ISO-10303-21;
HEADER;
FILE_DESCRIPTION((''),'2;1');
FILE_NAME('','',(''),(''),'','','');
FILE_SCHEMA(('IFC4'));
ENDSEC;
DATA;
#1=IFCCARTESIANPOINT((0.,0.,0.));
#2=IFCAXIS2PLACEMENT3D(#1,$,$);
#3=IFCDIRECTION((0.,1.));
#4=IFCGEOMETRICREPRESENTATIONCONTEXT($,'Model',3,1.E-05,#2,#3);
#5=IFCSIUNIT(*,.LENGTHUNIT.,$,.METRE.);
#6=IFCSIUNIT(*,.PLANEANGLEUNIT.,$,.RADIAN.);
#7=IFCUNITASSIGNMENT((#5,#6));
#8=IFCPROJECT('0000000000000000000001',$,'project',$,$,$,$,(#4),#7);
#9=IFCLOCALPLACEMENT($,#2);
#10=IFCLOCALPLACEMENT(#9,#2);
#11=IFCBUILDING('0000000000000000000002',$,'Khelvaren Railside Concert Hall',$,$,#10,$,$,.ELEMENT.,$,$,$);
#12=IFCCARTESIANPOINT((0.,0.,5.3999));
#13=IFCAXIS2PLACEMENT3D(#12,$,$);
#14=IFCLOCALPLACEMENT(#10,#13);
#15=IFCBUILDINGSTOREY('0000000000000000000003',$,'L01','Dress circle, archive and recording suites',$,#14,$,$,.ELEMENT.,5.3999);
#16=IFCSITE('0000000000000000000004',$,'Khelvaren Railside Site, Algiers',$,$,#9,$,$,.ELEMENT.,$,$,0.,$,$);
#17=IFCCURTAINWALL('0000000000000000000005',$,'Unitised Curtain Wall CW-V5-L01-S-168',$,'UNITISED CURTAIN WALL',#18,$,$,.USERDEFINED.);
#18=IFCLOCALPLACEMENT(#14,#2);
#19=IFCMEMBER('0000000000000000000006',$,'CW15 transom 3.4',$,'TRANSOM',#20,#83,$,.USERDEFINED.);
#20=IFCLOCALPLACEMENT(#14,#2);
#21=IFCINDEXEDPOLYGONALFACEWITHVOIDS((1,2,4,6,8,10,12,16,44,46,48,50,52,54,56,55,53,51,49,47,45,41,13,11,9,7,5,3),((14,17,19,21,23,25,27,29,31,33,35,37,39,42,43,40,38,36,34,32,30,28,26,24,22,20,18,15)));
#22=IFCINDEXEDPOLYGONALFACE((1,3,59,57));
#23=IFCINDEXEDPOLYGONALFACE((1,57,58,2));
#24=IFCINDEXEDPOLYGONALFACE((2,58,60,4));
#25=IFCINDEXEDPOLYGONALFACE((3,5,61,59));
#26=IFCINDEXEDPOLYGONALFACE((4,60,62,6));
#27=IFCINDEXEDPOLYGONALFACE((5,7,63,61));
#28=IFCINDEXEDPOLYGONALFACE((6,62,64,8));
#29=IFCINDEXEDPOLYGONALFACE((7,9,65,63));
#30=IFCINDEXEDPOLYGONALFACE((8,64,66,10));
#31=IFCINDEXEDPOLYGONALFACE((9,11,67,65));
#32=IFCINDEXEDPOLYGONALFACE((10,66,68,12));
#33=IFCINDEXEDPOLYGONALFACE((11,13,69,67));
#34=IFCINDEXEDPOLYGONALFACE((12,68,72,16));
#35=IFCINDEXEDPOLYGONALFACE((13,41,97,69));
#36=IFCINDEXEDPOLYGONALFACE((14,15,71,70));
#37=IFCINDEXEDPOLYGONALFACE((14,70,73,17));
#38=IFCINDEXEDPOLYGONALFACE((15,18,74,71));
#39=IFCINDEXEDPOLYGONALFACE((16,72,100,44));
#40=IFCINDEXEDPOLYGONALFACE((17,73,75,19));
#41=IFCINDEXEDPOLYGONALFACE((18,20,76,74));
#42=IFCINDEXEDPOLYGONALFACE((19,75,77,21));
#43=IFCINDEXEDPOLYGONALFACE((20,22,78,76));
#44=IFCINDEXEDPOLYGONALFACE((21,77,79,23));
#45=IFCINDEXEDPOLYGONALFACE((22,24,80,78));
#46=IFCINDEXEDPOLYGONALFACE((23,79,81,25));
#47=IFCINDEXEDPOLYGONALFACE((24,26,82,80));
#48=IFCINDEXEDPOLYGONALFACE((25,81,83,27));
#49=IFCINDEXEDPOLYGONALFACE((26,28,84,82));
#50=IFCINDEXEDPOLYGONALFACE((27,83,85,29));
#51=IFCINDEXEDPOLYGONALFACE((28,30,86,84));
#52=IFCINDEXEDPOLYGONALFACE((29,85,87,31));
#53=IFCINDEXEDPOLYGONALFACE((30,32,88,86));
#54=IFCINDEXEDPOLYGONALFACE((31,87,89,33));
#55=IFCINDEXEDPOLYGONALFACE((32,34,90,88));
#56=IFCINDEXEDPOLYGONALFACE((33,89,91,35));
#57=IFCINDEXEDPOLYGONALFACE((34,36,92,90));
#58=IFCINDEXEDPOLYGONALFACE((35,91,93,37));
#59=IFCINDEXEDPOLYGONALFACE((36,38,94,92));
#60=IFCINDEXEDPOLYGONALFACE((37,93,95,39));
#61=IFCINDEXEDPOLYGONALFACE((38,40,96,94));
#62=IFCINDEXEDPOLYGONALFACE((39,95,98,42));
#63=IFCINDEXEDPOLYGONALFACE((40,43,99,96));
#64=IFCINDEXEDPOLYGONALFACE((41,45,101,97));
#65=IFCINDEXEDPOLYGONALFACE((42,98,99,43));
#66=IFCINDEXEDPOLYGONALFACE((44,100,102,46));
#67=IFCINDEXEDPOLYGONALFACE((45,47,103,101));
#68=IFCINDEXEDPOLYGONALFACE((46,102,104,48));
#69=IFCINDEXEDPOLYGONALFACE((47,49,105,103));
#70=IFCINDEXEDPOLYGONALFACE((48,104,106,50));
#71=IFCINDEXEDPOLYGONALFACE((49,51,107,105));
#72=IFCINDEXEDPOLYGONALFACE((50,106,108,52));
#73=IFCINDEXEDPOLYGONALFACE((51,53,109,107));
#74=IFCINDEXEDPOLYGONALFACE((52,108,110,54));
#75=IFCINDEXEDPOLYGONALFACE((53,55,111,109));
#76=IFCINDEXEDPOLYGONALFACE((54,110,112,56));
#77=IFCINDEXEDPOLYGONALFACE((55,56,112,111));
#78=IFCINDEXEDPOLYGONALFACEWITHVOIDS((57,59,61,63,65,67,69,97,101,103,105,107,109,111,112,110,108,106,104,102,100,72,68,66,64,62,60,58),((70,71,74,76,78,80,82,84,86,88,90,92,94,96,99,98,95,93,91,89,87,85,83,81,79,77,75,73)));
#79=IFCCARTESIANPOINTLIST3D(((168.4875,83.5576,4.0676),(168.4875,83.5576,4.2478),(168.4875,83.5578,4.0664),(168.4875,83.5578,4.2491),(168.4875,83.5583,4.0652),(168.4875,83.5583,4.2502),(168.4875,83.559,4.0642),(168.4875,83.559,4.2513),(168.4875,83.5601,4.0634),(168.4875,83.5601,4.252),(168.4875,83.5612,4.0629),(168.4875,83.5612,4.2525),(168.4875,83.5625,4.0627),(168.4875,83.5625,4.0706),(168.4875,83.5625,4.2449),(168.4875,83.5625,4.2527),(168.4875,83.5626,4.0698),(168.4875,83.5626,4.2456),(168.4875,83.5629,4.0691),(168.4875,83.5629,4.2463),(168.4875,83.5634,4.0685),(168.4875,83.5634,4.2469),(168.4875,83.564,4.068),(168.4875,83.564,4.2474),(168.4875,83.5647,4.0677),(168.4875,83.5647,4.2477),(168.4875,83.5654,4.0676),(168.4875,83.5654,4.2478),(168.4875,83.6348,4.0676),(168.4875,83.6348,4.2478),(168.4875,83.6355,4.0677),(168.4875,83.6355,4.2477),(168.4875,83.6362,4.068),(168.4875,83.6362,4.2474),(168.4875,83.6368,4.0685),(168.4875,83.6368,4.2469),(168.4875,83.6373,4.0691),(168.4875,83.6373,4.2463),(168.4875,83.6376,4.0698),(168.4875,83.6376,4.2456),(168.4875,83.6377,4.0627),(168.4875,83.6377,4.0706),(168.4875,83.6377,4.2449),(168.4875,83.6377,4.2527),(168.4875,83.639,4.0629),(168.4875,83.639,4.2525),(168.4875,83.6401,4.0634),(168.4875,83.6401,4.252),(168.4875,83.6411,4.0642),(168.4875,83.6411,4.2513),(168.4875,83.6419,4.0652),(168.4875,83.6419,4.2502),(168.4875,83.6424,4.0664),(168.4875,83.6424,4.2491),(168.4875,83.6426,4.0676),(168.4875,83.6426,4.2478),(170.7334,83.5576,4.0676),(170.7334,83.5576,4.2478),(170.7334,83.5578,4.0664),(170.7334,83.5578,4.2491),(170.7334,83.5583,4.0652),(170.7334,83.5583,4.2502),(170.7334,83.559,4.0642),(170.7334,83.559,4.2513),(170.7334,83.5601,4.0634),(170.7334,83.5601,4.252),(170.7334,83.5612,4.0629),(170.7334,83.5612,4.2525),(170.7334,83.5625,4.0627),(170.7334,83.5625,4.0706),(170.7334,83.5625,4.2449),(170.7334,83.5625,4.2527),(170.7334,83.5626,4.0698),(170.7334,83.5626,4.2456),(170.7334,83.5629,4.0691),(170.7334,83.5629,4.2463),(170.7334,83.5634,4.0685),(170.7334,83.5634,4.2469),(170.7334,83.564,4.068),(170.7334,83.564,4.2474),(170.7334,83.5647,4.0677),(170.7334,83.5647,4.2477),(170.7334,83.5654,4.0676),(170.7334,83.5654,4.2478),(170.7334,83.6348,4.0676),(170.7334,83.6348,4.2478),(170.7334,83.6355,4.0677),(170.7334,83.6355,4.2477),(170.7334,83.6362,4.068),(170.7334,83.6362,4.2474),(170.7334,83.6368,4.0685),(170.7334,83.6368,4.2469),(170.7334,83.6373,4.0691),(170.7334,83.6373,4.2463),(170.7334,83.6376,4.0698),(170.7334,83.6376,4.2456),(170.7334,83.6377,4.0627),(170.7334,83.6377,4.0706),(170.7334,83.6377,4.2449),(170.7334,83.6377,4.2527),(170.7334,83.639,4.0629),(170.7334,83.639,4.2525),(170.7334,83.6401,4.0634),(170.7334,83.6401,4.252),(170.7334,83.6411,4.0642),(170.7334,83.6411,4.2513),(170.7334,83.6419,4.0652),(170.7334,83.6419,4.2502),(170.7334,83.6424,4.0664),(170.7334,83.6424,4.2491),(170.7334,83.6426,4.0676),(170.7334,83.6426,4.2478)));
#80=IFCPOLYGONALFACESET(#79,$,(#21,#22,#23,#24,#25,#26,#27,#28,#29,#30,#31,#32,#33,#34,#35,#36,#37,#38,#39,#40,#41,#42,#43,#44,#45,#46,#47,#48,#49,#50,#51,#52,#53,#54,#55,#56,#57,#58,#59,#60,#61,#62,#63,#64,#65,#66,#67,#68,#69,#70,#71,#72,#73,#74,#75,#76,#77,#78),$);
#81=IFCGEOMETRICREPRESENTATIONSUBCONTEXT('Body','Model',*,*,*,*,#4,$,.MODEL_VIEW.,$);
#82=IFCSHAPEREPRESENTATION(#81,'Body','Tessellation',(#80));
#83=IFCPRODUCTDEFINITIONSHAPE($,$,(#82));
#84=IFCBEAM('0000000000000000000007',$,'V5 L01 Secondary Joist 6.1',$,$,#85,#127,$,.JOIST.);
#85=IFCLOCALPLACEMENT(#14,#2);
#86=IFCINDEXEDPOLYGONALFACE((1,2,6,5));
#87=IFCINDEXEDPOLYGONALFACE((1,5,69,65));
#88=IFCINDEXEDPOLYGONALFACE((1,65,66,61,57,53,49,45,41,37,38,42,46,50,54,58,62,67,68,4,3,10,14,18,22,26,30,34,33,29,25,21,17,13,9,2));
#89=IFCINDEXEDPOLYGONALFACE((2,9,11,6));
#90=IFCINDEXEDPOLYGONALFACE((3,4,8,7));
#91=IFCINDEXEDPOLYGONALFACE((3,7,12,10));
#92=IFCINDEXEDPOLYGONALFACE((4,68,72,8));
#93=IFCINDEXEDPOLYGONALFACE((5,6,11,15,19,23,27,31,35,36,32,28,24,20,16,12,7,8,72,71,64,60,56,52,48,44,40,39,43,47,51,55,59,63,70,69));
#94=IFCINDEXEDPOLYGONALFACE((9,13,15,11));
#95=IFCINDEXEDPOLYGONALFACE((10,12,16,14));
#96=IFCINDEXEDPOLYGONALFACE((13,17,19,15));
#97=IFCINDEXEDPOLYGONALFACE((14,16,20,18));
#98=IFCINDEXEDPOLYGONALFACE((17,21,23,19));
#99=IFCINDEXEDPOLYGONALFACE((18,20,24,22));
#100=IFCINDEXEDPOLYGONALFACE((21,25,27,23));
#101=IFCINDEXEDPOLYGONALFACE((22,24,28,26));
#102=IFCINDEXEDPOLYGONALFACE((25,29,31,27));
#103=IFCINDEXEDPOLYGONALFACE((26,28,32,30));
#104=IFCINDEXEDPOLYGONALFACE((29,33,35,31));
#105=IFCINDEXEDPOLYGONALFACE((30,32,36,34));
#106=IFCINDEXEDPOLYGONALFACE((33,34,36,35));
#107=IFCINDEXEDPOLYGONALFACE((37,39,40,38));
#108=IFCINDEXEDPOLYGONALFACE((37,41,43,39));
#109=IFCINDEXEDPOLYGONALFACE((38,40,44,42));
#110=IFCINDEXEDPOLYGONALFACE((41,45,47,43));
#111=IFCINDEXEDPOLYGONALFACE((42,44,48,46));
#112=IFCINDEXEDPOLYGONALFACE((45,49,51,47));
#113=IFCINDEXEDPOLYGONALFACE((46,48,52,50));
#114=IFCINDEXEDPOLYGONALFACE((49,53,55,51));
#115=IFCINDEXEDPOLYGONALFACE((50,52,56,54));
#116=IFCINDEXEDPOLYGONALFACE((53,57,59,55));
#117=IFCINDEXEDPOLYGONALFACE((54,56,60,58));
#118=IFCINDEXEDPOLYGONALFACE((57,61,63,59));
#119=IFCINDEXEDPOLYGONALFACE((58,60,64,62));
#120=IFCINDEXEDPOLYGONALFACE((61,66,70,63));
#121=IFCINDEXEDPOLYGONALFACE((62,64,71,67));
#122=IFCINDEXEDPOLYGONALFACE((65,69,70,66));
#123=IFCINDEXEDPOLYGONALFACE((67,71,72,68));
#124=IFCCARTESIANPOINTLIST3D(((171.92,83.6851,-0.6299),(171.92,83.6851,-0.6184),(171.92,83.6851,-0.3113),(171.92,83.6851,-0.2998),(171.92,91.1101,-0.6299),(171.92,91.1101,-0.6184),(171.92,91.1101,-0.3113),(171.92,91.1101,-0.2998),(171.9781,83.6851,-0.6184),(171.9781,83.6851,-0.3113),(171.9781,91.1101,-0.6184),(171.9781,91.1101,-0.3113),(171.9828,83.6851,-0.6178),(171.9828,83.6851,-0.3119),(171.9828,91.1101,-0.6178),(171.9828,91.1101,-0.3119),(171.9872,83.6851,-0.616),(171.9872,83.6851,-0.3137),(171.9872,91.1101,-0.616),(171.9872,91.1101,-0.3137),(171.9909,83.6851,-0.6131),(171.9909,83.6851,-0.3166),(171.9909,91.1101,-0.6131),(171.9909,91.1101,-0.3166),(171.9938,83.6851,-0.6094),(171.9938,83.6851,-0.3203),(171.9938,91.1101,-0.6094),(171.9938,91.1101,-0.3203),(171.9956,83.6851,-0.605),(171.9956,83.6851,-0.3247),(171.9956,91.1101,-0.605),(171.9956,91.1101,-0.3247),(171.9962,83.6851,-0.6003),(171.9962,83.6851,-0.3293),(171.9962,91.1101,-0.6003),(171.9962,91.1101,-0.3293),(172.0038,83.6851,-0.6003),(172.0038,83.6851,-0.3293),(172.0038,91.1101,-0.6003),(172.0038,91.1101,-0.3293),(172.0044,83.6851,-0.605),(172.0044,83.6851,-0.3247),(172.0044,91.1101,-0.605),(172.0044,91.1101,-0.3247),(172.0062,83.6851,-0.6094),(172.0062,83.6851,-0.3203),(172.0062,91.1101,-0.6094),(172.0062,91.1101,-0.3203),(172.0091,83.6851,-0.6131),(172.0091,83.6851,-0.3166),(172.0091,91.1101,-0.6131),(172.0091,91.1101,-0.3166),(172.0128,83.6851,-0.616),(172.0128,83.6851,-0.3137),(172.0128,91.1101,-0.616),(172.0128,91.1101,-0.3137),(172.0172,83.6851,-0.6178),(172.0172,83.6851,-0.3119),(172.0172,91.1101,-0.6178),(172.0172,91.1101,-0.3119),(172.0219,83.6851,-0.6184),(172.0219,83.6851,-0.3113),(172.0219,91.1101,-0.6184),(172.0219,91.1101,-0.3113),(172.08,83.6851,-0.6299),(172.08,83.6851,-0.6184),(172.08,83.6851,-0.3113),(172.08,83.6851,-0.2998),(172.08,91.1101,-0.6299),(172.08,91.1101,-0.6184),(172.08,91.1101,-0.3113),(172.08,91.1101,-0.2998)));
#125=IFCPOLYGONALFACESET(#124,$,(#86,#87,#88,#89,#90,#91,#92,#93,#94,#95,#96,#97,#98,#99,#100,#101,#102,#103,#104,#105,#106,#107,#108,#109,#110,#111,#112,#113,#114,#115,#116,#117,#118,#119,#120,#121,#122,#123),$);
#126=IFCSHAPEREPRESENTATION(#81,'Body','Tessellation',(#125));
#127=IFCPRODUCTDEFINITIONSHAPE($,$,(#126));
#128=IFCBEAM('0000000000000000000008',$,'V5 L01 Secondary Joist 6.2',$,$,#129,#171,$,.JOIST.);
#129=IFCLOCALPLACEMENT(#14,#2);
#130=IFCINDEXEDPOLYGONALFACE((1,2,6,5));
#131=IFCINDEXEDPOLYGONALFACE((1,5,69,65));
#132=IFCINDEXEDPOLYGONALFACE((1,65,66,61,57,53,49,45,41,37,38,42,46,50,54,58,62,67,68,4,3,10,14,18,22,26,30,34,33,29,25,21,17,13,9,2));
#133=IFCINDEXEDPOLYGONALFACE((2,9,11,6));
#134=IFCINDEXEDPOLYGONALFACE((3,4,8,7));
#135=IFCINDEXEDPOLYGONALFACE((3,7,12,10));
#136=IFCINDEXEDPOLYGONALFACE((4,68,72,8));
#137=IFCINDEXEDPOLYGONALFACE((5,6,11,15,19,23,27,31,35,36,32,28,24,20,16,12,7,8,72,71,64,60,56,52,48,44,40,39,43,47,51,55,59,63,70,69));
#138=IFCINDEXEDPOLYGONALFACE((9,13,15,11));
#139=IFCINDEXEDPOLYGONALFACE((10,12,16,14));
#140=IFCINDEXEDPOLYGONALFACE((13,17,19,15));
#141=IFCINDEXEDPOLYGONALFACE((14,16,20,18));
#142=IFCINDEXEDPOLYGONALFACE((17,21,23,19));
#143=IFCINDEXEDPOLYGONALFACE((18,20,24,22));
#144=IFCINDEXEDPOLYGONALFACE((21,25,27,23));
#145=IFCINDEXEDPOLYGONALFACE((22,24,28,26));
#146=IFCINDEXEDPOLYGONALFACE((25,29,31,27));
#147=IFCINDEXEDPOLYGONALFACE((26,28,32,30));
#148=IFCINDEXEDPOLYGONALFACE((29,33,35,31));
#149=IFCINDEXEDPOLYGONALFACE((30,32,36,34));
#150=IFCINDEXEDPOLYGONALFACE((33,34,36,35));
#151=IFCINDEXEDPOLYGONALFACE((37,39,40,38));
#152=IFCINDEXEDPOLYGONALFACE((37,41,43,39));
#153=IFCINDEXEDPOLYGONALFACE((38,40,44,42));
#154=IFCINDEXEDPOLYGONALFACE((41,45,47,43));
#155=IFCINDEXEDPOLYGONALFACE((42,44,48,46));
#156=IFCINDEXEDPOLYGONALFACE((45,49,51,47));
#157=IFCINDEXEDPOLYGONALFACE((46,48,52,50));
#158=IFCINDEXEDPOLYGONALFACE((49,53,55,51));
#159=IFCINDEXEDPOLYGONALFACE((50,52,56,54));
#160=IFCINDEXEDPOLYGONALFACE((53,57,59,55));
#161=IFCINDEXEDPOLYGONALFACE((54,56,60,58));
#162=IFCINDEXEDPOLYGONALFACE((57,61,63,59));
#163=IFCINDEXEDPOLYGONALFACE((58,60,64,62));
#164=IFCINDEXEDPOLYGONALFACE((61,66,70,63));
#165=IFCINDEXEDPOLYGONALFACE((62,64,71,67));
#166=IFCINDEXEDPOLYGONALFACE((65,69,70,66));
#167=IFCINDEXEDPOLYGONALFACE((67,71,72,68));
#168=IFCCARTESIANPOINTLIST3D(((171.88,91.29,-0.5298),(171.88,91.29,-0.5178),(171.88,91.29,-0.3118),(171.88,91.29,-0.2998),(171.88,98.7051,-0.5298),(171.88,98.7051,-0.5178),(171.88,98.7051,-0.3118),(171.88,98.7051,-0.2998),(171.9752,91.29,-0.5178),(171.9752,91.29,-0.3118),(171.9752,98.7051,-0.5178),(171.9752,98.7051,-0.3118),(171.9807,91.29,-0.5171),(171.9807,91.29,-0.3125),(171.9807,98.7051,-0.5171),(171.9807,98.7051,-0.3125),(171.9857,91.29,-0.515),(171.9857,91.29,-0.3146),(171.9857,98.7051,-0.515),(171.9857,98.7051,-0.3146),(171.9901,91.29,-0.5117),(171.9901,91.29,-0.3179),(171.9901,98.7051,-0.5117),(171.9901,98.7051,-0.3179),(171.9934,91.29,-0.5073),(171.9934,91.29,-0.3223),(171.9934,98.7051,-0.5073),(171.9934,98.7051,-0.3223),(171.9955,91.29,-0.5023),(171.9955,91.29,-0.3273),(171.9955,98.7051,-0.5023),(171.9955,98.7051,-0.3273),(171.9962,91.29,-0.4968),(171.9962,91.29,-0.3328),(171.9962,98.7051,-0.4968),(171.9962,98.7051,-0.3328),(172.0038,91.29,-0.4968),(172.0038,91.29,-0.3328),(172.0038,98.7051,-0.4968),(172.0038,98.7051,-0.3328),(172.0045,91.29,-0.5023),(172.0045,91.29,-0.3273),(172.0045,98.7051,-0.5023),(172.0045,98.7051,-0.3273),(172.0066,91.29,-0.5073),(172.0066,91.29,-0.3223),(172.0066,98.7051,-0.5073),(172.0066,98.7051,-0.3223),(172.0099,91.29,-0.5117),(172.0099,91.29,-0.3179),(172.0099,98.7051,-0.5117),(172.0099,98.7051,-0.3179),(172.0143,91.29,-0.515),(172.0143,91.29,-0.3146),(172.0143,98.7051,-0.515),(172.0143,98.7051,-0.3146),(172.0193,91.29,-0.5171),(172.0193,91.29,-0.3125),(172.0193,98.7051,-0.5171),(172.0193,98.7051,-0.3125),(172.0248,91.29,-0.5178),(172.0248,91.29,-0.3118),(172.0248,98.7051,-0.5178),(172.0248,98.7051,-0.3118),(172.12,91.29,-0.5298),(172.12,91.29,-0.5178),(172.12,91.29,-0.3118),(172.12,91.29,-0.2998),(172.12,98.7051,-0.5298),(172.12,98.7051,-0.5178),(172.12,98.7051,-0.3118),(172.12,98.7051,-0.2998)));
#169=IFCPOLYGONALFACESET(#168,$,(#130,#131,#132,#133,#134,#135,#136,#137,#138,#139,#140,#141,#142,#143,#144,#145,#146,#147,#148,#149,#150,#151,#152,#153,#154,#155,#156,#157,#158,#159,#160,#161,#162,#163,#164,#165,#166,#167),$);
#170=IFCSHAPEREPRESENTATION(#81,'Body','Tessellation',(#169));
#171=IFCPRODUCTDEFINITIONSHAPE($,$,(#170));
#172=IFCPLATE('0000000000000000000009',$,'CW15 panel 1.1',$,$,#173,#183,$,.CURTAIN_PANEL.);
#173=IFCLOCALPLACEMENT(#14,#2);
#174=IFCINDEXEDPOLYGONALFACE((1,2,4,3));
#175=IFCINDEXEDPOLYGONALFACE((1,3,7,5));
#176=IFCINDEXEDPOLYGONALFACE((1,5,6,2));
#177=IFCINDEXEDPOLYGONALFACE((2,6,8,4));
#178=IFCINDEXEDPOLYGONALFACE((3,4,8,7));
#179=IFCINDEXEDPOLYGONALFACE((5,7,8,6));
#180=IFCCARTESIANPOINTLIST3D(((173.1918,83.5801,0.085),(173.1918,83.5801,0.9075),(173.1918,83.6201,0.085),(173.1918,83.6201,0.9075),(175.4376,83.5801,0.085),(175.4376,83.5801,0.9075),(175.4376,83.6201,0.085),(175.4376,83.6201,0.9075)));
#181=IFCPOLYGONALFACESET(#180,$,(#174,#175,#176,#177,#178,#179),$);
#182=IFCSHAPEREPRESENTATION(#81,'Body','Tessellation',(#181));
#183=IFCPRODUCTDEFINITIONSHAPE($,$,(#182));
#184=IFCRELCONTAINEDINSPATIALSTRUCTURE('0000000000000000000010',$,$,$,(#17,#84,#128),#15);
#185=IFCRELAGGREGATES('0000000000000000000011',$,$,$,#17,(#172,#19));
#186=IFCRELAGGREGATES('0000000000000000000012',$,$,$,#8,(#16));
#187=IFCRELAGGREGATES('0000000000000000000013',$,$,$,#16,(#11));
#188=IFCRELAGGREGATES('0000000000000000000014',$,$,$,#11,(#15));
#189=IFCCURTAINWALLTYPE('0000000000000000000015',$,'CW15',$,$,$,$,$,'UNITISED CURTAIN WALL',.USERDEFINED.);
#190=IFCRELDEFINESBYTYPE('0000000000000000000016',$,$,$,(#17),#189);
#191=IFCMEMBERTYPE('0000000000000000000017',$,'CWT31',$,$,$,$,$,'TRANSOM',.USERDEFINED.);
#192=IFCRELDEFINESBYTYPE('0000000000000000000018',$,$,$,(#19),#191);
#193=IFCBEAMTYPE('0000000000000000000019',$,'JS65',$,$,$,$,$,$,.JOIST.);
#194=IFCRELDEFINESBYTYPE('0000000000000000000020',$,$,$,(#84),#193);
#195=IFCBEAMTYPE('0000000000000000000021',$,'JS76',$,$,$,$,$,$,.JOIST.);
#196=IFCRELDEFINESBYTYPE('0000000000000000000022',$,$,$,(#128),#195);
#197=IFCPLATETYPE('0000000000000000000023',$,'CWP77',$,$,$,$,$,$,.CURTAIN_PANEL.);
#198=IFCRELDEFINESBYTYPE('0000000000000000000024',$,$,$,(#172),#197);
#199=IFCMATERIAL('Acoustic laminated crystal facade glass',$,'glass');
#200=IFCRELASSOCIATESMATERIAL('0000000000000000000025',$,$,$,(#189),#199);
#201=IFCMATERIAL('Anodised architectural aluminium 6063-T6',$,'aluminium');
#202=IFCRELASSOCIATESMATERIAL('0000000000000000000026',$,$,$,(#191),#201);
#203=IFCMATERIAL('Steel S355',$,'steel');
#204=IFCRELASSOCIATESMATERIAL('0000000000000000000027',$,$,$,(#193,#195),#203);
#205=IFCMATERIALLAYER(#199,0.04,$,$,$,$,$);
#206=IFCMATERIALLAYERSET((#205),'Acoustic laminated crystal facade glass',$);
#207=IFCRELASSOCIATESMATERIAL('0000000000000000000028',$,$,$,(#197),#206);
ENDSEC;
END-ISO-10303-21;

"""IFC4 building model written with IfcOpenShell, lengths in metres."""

from ifc_helpers import new_model, si_unit, direction, frame, origin, origin_2d, place, context, subcontext, project, spatial, rectangle, hollow_rectangle, i_section, extrude, material, layer, layer_set, material_profile, profile_set, type_object, element, aggregate, save


model = new_model("IFC4")

# Units and contexts
model_context = context("Model", 3, precision=1e-05, world=origin(), true_north=direction((0.0, 1.0)))
body_context = subcontext(model_context, "Body", "Model", "MODEL_VIEW")
ifc_project = project(units=[si_unit("LENGTHUNIT", "METRE"), si_unit("PLANEANGLEUNIT", "RADIAN")], contexts=[model_context])

# Site, building, storey
site_placement = place(None, origin())
site = spatial("IfcSite", under=ifc_project, at=site_placement, Name="Khelvaren Railside Site, Algiers", CompositionType="ELEMENT", RefElevation=0.0)
building_placement = place(site_placement, origin())
building = spatial("IfcBuilding", under=site, at=building_placement, Name="Khelvaren Railside Concert Hall", CompositionType="ELEMENT")
storey_placement = place(building_placement, frame((0.0, 0.0, 5.3999)))
storey = spatial("IfcBuildingStorey", under=building, at=storey_placement, Name="L01", Description="Dress circle, archive and recording suites", CompositionType="ELEMENT", Elevation=5.3999)

# Curtain wall, member
ifc_material_1 = material(Name="Acoustic laminated crystal facade glass", Category="glass")
curtain_wall_type = type_object("IfcCurtainWallType", Name="CW15", ElementType="UNITISED CURTAIN WALL", PredefinedType="USERDEFINED", material=ifc_material_1)
curtain_wall_placement = place(storey_placement, origin())
curtain_wall = element("IfcCurtainWall", 1, at=curtain_wall_placement, inside=storey, type_object=curtain_wall_type, Name="Unitised Curtain Wall CW-V5-L01-S-168", ObjectType="UNITISED CURTAIN WALL", PredefinedType="USERDEFINED")
ifc_material_2 = material(Name="Anodised architectural aluminium 6063-T6", Category="aluminium")
ifc_material_profile_1 = material_profile(ifc_material_2, hollow_rectangle(XDim=0.085, YDim=0.1899, WallThickness=0.0049, InnerFilletRadius=0.0029, OuterFilletRadius=0.0049, at=origin_2d()), Name="CWT 85x190x5")
ifc_profile_set_1 = profile_set([ifc_material_profile_1], Name="Anodised architectural aluminium 6063-T6")
member_type_1 = type_object("IfcMemberType", Name="CWT31", ElementType="TRANSOM", PredefinedType="USERDEFINED", material=ifc_profile_set_1)
member_1_placement = place(storey_placement, frame((170.7334, 83.6001, 4.1577), z_axis=(-1.0, 0.0, 0.0), x_axis=(0.0, -1.0, 0.0)))
member_1 = element("IfcMember", 2, at=member_1_placement, type_object=member_type_1, Name="CW15 transom 3.4", ObjectType="TRANSOM", PredefinedType="USERDEFINED", context=body_context, shape_type="SweptSolid", body=[
    extrude(hollow_rectangle(XDim=0.085, YDim=0.1899, WallThickness=0.0049, InnerFilletRadius=0.0029, OuterFilletRadius=0.0049, at=origin_2d()), origin(), (0.0, 0.0, 1.0), 2.2458),
])

# Beams
ifc_material_3 = material(Name="Steel S355", Category="steel")
ifc_material_profile_2 = material_profile(ifc_material_3, i_section(OverallWidth=0.1599, OverallDepth=0.3301, WebThickness=0.0076, FlangeThickness=0.0115, FilletRadius=0.0181, at=origin_2d()), Name="IPE 330")
ifc_profile_set_2 = profile_set([ifc_material_profile_2], Name="Steel S355")
beam_type_1 = type_object("IfcBeamType", Name="JS65", PredefinedType="JOIST", material=ifc_profile_set_2)
beam_1_placement = place(storey_placement, frame((172.0, 83.6851, -0.4648), z_axis=(0.0, 1.0, 0.0), x_axis=(-1.0, 0.0, 0.0)))
element("IfcBeam", 3, at=beam_1_placement, inside=storey, type_object=beam_type_1, Name="V5 L01 Secondary Joist 6.1", PredefinedType="JOIST", context=body_context, shape_type="SweptSolid", body=[
    extrude(i_section(OverallWidth=0.1599, OverallDepth=0.3301, WebThickness=0.0076, FlangeThickness=0.0115, FilletRadius=0.0181, at=origin_2d()), origin(), (0.0, 0.0, 1.0), 7.425),
])
ifc_material_profile_3 = material_profile(ifc_material_3, i_section(OverallWidth=0.24, OverallDepth=0.23, WebThickness=0.0076, FlangeThickness=0.012, FilletRadius=0.021, at=origin_2d()), Name="HEA 240")
ifc_profile_set_3 = profile_set([ifc_material_profile_3], Name="Steel S355")
beam_type_2 = type_object("IfcBeamType", Name="JS76", PredefinedType="JOIST", material=ifc_profile_set_3)
beam_2_placement = place(storey_placement, frame((172.0, 91.29, -0.4148), z_axis=(0.0, 1.0, 0.0), x_axis=(-1.0, 0.0, 0.0)))
element("IfcBeam", 4, at=beam_2_placement, inside=storey, type_object=beam_type_2, Name="V5 L01 Secondary Joist 6.2", PredefinedType="JOIST", context=body_context, shape_type="SweptSolid", body=[
    extrude(i_section(OverallWidth=0.24, OverallDepth=0.23, WebThickness=0.0076, FlangeThickness=0.012, FilletRadius=0.021, at=origin_2d()), origin(), (0.0, 0.0, 1.0), 7.415),
])

# Plate
ifc_layer = layer(ifc_material_1, 0.04)
ifc_layer_set = layer_set([ifc_layer], Name="Acoustic laminated crystal facade glass")
plate_type = type_object("IfcPlateType", Name="CWP77", PredefinedType="CURTAIN_PANEL", material=ifc_layer_set)
plate_1_placement = place(storey_placement, frame((174.3147, 83.6001, 0.085), z_axis=(0.0, 0.0, 1.0), x_axis=(-1.0, 0.0, 0.0)))
plate_1 = element("IfcPlate", 5, at=plate_1_placement, type_object=plate_type, Name="CW15 panel 1.1", PredefinedType="CURTAIN_PANEL", context=body_context, shape_type="SweptSolid", body=[
    extrude(rectangle(XDim=2.2458, YDim=0.04, at=origin_2d()), origin(), (0.0, 0.0, 1.0), 0.8225),
])
aggregate(curtain_wall, [plate_1, member_1])

save(model, "model.ifc")
